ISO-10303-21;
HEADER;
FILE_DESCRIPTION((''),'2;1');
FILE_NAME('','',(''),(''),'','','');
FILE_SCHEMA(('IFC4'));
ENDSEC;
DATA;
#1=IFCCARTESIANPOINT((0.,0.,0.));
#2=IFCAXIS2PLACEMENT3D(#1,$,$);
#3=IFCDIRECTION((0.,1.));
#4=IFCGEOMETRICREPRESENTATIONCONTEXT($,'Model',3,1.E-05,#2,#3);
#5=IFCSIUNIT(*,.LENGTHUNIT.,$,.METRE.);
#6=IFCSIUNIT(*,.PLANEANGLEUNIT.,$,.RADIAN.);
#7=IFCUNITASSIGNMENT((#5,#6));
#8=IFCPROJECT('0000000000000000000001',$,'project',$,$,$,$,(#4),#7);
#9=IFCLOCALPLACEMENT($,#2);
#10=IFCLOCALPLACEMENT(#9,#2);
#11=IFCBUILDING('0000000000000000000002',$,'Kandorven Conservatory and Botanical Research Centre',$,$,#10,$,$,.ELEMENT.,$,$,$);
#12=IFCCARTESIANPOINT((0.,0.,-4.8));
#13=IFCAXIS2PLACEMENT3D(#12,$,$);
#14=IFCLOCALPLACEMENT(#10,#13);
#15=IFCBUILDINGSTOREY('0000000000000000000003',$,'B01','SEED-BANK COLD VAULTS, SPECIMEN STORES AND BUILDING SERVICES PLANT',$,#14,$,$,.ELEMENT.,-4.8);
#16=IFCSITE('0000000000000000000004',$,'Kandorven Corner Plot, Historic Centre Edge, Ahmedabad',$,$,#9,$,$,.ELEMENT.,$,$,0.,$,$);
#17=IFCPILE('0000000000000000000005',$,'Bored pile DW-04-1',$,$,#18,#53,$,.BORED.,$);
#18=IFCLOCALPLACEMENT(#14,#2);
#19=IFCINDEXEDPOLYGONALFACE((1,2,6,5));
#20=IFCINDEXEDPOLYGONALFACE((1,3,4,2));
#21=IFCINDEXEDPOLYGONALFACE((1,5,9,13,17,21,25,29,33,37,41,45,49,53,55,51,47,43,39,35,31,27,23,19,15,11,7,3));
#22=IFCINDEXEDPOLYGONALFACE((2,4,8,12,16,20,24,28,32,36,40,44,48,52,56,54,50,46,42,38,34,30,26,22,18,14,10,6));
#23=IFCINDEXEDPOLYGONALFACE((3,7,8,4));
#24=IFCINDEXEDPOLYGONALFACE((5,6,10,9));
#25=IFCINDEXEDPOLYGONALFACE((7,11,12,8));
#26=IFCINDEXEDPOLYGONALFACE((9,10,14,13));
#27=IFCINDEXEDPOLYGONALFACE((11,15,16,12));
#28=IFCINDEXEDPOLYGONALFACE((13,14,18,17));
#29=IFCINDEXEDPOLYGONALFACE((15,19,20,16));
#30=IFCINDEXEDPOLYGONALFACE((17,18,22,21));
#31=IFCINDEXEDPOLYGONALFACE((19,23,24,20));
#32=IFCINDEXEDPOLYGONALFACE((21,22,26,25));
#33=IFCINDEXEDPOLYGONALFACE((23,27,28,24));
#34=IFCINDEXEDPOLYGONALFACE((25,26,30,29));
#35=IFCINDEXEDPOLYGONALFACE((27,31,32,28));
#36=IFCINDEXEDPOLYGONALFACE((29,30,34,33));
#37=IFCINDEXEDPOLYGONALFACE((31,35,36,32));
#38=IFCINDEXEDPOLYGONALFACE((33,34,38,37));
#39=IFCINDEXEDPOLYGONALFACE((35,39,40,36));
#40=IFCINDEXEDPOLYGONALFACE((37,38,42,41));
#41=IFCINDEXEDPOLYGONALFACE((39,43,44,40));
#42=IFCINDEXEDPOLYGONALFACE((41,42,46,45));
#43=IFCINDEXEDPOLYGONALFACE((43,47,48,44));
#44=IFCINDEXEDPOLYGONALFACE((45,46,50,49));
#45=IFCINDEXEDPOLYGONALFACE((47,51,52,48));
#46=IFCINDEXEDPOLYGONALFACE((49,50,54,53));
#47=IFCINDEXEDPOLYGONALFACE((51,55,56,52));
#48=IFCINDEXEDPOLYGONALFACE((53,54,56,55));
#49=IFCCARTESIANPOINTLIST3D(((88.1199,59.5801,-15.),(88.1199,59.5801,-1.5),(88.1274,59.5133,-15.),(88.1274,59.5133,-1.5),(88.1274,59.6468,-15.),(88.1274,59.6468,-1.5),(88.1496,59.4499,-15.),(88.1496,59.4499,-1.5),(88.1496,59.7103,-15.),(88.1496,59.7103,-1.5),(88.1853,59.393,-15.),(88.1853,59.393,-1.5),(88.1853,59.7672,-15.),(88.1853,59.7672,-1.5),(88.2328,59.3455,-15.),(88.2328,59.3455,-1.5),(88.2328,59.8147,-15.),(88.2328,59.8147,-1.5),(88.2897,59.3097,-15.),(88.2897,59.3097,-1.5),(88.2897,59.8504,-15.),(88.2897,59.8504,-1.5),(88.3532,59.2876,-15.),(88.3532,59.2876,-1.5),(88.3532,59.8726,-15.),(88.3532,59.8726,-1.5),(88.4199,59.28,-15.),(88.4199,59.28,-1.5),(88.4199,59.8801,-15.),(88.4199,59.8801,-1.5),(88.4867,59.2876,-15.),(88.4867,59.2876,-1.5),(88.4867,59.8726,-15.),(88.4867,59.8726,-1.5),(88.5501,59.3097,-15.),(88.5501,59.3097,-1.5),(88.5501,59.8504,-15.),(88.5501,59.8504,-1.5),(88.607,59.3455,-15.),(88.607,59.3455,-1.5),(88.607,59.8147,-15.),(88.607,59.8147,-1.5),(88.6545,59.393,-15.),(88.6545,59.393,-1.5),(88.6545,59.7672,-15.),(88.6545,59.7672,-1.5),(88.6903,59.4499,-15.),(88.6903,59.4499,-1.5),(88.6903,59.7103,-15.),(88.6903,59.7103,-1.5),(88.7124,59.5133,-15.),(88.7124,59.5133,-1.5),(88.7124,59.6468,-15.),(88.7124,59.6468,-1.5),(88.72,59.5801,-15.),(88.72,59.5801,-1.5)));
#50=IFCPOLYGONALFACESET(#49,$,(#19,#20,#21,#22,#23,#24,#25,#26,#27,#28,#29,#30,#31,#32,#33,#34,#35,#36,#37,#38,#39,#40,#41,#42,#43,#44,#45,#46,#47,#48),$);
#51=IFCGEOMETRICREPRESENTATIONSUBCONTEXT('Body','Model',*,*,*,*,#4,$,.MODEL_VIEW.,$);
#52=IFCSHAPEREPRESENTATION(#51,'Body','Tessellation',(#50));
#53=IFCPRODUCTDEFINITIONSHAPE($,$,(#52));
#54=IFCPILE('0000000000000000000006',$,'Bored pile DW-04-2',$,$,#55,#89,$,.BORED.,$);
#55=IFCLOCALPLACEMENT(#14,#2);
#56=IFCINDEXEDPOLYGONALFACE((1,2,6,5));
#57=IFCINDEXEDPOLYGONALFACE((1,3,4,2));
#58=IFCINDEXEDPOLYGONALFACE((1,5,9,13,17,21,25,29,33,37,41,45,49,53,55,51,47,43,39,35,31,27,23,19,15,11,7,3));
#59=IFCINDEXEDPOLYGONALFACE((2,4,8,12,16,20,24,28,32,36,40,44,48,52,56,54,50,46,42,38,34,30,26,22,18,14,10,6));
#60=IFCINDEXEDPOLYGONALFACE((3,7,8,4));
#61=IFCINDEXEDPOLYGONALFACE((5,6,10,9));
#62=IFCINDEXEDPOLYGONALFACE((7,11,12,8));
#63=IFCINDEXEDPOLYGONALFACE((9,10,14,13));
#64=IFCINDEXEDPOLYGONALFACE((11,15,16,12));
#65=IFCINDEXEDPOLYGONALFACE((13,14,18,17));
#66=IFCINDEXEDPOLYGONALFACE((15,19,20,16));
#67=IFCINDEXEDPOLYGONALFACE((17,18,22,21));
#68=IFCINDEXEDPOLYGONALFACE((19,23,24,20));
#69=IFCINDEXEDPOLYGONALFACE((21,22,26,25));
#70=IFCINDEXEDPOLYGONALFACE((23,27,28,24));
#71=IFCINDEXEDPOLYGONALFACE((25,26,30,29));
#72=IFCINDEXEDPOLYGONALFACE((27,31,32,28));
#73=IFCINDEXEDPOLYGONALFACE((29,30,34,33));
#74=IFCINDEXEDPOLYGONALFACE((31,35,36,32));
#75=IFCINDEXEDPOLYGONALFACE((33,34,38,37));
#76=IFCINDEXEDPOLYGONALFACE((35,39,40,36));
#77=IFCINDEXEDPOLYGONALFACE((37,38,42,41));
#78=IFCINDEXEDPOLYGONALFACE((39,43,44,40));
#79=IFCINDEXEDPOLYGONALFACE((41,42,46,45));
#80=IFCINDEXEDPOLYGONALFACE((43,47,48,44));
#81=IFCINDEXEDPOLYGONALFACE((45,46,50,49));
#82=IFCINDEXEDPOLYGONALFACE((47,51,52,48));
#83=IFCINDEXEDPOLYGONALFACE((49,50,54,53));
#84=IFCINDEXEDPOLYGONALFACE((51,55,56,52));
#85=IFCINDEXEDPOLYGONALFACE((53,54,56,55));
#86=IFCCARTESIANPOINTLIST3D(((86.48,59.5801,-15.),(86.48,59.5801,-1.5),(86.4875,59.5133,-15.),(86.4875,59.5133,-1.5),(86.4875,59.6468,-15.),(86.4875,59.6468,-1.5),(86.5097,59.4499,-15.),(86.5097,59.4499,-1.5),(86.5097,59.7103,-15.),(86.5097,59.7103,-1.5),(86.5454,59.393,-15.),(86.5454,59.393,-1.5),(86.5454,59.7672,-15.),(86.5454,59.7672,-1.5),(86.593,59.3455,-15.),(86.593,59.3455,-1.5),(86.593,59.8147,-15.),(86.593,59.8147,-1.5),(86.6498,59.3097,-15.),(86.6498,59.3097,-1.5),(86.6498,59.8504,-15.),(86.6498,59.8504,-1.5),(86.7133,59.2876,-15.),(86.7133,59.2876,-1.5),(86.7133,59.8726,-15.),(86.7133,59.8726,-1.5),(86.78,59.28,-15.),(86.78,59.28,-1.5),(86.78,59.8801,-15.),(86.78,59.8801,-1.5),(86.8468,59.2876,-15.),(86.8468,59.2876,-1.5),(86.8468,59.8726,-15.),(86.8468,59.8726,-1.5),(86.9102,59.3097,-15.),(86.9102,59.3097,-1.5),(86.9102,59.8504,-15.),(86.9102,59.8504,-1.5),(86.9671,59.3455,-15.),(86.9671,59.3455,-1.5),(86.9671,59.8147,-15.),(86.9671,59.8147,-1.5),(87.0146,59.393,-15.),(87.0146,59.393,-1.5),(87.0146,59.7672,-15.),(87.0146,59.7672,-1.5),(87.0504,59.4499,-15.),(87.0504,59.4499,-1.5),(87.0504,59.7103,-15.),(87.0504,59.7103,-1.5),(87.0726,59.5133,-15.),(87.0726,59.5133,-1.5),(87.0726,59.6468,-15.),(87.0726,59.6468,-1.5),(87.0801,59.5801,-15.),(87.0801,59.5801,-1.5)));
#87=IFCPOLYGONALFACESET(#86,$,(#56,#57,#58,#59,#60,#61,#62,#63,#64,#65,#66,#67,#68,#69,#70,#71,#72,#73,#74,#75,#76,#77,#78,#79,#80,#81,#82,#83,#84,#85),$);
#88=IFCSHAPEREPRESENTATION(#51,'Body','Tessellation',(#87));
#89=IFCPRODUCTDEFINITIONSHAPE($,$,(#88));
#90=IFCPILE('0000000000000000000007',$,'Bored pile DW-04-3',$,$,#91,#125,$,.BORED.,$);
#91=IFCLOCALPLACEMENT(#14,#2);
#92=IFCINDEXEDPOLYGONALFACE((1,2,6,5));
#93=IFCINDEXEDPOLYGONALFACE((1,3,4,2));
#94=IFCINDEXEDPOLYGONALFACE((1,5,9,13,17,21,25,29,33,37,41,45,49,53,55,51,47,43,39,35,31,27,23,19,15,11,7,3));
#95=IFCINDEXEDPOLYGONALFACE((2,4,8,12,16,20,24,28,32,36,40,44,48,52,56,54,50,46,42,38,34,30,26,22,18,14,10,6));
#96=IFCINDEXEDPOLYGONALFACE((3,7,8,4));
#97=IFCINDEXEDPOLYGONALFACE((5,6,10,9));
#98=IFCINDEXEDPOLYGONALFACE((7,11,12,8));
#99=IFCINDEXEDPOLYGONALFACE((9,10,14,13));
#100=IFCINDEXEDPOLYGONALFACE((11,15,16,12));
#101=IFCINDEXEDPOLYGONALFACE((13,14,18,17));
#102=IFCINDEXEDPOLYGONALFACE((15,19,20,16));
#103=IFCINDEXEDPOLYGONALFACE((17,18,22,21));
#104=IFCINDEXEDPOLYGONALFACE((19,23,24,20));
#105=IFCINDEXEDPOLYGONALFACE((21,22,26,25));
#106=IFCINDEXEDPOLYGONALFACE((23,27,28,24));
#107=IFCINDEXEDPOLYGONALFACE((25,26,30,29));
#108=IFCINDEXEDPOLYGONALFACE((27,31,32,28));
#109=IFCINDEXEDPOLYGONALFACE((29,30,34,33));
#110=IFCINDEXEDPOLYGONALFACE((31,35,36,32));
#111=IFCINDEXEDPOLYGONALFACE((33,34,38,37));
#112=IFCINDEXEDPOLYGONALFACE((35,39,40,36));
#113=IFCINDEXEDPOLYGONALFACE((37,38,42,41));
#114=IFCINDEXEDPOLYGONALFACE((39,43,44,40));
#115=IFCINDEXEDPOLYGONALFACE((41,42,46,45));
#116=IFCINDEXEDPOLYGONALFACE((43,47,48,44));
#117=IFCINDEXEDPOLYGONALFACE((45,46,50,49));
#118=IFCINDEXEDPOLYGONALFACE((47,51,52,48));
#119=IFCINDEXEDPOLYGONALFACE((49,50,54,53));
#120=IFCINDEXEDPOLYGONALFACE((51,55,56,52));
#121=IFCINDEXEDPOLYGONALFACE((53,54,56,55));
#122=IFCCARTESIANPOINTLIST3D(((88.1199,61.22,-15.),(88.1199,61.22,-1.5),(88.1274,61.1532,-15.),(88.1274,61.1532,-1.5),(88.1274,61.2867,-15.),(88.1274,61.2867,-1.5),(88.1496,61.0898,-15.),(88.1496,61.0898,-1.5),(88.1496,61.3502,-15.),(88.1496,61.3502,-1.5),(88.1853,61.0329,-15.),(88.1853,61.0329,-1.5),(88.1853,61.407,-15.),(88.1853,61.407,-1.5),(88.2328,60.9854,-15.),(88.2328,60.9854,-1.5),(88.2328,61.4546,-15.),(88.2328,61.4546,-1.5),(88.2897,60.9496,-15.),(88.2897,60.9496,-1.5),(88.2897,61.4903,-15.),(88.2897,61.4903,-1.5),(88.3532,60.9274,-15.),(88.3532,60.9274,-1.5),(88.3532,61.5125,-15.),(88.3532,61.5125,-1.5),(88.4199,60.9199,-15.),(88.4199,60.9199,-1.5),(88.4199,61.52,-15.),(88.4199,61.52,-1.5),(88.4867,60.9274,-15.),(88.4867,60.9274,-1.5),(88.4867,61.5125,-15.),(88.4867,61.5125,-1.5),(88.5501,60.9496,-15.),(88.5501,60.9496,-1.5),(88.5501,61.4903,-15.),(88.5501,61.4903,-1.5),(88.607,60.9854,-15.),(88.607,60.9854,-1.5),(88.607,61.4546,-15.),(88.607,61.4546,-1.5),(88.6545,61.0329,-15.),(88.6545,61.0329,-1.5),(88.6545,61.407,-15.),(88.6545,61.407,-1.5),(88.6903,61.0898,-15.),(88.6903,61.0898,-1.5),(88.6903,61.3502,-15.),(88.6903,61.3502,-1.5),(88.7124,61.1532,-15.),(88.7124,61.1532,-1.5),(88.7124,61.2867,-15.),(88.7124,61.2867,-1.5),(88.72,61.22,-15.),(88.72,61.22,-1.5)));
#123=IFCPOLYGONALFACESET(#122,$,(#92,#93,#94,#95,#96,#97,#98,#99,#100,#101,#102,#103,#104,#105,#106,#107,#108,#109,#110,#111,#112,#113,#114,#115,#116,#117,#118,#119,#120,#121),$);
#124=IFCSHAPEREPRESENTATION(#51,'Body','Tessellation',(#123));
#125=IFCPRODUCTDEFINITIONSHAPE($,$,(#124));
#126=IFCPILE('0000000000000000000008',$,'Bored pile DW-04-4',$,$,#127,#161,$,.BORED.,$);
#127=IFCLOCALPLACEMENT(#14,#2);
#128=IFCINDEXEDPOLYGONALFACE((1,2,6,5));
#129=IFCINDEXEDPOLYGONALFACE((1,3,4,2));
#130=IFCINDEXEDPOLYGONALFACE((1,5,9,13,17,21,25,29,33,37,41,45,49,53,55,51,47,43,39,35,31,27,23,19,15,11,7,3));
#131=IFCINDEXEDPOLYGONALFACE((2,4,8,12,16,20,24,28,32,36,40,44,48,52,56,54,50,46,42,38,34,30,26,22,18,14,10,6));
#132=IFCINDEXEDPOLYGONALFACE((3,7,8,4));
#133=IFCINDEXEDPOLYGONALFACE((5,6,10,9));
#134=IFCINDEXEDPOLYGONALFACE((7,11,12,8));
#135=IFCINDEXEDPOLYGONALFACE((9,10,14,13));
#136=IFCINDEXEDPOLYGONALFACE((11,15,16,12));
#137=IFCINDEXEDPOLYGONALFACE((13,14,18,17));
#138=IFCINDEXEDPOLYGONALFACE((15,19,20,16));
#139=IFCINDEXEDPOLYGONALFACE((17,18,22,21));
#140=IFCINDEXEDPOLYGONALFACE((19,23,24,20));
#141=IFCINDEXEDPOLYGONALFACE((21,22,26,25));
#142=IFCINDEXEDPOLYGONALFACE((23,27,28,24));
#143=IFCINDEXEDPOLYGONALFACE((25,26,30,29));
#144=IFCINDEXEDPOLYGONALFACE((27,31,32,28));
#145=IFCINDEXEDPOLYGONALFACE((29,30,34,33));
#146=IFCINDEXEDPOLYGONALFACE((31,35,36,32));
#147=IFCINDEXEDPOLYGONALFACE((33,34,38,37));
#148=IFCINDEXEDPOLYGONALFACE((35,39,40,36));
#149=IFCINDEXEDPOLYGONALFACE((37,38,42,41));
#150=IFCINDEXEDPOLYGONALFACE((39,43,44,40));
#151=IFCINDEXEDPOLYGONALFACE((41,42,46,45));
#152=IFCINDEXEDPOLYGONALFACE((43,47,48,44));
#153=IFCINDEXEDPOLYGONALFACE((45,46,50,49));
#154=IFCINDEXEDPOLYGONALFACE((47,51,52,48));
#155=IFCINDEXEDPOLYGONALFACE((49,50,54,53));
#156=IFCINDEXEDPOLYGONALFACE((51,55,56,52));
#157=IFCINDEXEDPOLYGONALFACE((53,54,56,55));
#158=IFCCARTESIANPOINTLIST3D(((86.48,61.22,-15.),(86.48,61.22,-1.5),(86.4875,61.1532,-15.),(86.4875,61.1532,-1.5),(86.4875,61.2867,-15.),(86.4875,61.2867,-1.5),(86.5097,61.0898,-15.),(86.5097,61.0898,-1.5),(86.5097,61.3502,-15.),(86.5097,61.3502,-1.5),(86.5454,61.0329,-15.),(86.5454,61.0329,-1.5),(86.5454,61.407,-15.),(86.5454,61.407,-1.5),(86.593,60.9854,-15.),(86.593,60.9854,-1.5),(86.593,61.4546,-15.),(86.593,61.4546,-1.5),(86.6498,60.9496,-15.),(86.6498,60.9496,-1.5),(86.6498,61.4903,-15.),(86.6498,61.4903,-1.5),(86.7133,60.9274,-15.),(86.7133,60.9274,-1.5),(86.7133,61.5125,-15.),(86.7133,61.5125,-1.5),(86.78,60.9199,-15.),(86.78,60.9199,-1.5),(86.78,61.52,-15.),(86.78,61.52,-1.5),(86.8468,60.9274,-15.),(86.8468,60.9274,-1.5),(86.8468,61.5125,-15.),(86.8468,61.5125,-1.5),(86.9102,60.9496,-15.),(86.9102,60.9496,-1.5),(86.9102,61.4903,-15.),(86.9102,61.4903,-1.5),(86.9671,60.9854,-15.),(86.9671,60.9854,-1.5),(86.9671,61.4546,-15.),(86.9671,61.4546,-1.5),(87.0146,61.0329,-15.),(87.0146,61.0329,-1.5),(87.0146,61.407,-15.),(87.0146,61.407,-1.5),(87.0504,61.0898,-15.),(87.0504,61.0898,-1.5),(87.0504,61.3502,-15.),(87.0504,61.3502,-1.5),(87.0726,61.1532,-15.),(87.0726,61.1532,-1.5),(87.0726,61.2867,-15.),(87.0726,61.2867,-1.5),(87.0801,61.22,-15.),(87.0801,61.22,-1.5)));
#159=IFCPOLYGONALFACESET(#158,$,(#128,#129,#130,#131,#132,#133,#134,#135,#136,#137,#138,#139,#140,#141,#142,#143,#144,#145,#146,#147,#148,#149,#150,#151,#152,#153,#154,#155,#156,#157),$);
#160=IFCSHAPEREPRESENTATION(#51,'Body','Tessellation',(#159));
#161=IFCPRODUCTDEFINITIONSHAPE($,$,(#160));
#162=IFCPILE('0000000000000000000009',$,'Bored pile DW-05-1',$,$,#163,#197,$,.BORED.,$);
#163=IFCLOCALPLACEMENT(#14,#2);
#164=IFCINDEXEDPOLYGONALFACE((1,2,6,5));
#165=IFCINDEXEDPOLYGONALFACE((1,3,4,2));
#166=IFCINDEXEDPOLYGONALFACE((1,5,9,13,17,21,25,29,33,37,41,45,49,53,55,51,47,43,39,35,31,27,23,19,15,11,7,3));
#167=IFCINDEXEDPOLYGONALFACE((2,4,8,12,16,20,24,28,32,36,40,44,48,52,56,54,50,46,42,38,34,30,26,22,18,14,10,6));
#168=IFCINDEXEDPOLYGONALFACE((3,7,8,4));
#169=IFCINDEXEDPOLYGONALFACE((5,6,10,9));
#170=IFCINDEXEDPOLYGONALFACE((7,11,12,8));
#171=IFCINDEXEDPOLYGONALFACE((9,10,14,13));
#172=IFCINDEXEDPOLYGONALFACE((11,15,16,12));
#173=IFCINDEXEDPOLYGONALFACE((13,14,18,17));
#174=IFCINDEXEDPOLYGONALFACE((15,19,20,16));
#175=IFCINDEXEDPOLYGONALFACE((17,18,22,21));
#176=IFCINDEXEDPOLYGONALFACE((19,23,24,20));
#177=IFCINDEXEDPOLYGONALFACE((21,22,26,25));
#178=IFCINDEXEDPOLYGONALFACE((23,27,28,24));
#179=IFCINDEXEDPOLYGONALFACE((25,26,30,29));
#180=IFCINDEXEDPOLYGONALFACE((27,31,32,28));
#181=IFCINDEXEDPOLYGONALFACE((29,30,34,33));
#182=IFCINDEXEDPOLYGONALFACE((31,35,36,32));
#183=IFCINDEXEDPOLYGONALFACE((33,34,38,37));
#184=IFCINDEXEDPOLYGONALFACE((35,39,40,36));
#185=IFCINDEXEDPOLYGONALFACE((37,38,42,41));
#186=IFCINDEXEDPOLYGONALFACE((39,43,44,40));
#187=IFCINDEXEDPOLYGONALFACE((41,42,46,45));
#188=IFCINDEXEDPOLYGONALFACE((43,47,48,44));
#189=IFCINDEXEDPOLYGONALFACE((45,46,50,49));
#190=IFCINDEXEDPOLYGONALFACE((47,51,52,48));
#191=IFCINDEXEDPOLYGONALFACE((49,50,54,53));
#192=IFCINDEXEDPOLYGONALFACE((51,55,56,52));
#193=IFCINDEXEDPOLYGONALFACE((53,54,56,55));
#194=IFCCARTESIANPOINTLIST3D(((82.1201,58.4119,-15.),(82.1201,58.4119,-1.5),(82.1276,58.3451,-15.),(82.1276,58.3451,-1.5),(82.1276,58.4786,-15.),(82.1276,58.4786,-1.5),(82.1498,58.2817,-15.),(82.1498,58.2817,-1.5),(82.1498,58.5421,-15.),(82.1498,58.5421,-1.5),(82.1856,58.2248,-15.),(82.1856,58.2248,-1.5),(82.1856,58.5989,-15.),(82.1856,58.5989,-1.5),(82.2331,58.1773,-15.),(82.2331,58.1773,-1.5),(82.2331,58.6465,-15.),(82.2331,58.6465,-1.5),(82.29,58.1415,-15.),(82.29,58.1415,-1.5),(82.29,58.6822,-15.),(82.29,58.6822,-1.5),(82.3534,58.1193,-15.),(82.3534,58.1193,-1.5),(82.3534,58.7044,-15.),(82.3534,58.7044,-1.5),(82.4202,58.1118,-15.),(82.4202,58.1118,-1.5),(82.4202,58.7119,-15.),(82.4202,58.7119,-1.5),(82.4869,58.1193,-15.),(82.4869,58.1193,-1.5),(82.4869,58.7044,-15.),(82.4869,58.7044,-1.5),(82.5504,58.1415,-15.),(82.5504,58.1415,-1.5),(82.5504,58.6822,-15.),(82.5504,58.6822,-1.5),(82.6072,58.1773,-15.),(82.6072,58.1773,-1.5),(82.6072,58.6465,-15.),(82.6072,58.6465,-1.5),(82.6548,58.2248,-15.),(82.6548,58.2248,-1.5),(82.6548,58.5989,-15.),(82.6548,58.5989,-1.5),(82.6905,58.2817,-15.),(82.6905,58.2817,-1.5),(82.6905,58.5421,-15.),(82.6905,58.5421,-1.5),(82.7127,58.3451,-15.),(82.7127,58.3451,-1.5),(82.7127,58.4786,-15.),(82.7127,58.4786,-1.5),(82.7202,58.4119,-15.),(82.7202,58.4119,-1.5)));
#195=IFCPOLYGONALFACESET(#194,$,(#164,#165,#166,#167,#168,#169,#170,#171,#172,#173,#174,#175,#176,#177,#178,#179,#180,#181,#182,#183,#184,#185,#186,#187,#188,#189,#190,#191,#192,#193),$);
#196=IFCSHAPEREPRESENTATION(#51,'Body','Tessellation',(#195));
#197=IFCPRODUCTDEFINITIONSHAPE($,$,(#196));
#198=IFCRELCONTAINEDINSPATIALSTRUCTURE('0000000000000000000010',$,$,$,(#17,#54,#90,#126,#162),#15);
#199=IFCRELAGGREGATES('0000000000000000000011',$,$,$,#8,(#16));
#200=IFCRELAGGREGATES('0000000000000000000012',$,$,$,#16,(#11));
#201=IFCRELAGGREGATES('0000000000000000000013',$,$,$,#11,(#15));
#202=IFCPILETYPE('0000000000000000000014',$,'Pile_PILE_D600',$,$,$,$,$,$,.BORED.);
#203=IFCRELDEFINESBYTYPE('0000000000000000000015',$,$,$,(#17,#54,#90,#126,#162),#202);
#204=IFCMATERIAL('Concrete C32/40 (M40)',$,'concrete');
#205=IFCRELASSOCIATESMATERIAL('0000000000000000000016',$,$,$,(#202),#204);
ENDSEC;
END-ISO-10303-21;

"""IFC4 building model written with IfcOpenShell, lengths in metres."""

from ifc_helpers import new_model, si_unit, direction, frame, origin, origin_2d, place, context, subcontext, project, spatial, circle, extrude, material, material_profile, profile_set, type_object, element, save


model = new_model("IFC4")

# Units and contexts
model_context = context("Model", 3, precision=1e-05, world=origin(), true_north=direction((0.0, 1.0)))
body_context = subcontext(model_context, "Body", "Model", "MODEL_VIEW")
ifc_project = project(units=[si_unit("LENGTHUNIT", "METRE"), si_unit("PLANEANGLEUNIT", "RADIAN")], contexts=[model_context])

# Site, building, storey
site_placement = place(None, origin())
site = spatial("IfcSite", under=ifc_project, at=site_placement, Name="Kandorven Corner Plot, Historic Centre Edge, Ahmedabad", CompositionType="ELEMENT", RefElevation=0.0)
building_placement = place(site_placement, origin())
building = spatial("IfcBuilding", under=site, at=building_placement, Name="Kandorven Conservatory and Botanical Research Centre", CompositionType="ELEMENT")
storey_placement = place(building_placement, frame((0.0, 0.0, -4.8)))
storey = spatial("IfcBuildingStorey", under=building, at=storey_placement, Name="B01", Description="SEED-BANK COLD VAULTS, SPECIMEN STORES AND BUILDING SERVICES PLANT", CompositionType="ELEMENT", Elevation=-4.8)

# Piles
ifc_material_1 = material(Name="Concrete C32/40 (M40)", Category="concrete")
ifc_material_profile_1 = material_profile(ifc_material_1, circle(Radius=0.3, at=origin_2d()))
ifc_profile_set_1 = profile_set([ifc_material_profile_1], Name="Concrete C32/40 (M40)")
pile_type = type_object("IfcPileType", Name="Pile_PILE_D600", PredefinedType="BORED", material=ifc_profile_set_1)
for number, where, z_axis, x_axis, name in (
    (1, (88.4199, 59.5801, -1.5), (0.0, 0.0, -1.0), (1.0, 0.0, 0.0), "Bored pile DW-04-1"),
    (2, (86.78, 59.5801, -1.5), (0.0, 0.0, -1.0), (1.0, 0.0, 0.0), "Bored pile DW-04-2"),
    (3, (88.4199, 61.22, -1.5), (0.0, 0.0, -1.0), (1.0, 0.0, 0.0), "Bored pile DW-04-3"),
    (4, (86.78, 61.22, -1.5), (0.0, 0.0, -1.0), (1.0, 0.0, 0.0), "Bored pile DW-04-4"),
    (5, (82.4202, 58.4119, -1.5), (0.0, 0.0, -1.0), (1.0, 0.0, 0.0), "Bored pile DW-05-1"),
):
    element("IfcPile", number, at=place(storey_placement, frame(where, z_axis=z_axis, x_axis=x_axis)), inside=storey, type_object=pile_type, Name=name, PredefinedType="BORED", context=body_context, shape_type="SweptSolid", body=[
        extrude(circle(Radius=0.3, at=origin_2d()), origin(), (0.0, 0.0, 1.0), 13.5),
    ])

save(model, "model.ifc")
